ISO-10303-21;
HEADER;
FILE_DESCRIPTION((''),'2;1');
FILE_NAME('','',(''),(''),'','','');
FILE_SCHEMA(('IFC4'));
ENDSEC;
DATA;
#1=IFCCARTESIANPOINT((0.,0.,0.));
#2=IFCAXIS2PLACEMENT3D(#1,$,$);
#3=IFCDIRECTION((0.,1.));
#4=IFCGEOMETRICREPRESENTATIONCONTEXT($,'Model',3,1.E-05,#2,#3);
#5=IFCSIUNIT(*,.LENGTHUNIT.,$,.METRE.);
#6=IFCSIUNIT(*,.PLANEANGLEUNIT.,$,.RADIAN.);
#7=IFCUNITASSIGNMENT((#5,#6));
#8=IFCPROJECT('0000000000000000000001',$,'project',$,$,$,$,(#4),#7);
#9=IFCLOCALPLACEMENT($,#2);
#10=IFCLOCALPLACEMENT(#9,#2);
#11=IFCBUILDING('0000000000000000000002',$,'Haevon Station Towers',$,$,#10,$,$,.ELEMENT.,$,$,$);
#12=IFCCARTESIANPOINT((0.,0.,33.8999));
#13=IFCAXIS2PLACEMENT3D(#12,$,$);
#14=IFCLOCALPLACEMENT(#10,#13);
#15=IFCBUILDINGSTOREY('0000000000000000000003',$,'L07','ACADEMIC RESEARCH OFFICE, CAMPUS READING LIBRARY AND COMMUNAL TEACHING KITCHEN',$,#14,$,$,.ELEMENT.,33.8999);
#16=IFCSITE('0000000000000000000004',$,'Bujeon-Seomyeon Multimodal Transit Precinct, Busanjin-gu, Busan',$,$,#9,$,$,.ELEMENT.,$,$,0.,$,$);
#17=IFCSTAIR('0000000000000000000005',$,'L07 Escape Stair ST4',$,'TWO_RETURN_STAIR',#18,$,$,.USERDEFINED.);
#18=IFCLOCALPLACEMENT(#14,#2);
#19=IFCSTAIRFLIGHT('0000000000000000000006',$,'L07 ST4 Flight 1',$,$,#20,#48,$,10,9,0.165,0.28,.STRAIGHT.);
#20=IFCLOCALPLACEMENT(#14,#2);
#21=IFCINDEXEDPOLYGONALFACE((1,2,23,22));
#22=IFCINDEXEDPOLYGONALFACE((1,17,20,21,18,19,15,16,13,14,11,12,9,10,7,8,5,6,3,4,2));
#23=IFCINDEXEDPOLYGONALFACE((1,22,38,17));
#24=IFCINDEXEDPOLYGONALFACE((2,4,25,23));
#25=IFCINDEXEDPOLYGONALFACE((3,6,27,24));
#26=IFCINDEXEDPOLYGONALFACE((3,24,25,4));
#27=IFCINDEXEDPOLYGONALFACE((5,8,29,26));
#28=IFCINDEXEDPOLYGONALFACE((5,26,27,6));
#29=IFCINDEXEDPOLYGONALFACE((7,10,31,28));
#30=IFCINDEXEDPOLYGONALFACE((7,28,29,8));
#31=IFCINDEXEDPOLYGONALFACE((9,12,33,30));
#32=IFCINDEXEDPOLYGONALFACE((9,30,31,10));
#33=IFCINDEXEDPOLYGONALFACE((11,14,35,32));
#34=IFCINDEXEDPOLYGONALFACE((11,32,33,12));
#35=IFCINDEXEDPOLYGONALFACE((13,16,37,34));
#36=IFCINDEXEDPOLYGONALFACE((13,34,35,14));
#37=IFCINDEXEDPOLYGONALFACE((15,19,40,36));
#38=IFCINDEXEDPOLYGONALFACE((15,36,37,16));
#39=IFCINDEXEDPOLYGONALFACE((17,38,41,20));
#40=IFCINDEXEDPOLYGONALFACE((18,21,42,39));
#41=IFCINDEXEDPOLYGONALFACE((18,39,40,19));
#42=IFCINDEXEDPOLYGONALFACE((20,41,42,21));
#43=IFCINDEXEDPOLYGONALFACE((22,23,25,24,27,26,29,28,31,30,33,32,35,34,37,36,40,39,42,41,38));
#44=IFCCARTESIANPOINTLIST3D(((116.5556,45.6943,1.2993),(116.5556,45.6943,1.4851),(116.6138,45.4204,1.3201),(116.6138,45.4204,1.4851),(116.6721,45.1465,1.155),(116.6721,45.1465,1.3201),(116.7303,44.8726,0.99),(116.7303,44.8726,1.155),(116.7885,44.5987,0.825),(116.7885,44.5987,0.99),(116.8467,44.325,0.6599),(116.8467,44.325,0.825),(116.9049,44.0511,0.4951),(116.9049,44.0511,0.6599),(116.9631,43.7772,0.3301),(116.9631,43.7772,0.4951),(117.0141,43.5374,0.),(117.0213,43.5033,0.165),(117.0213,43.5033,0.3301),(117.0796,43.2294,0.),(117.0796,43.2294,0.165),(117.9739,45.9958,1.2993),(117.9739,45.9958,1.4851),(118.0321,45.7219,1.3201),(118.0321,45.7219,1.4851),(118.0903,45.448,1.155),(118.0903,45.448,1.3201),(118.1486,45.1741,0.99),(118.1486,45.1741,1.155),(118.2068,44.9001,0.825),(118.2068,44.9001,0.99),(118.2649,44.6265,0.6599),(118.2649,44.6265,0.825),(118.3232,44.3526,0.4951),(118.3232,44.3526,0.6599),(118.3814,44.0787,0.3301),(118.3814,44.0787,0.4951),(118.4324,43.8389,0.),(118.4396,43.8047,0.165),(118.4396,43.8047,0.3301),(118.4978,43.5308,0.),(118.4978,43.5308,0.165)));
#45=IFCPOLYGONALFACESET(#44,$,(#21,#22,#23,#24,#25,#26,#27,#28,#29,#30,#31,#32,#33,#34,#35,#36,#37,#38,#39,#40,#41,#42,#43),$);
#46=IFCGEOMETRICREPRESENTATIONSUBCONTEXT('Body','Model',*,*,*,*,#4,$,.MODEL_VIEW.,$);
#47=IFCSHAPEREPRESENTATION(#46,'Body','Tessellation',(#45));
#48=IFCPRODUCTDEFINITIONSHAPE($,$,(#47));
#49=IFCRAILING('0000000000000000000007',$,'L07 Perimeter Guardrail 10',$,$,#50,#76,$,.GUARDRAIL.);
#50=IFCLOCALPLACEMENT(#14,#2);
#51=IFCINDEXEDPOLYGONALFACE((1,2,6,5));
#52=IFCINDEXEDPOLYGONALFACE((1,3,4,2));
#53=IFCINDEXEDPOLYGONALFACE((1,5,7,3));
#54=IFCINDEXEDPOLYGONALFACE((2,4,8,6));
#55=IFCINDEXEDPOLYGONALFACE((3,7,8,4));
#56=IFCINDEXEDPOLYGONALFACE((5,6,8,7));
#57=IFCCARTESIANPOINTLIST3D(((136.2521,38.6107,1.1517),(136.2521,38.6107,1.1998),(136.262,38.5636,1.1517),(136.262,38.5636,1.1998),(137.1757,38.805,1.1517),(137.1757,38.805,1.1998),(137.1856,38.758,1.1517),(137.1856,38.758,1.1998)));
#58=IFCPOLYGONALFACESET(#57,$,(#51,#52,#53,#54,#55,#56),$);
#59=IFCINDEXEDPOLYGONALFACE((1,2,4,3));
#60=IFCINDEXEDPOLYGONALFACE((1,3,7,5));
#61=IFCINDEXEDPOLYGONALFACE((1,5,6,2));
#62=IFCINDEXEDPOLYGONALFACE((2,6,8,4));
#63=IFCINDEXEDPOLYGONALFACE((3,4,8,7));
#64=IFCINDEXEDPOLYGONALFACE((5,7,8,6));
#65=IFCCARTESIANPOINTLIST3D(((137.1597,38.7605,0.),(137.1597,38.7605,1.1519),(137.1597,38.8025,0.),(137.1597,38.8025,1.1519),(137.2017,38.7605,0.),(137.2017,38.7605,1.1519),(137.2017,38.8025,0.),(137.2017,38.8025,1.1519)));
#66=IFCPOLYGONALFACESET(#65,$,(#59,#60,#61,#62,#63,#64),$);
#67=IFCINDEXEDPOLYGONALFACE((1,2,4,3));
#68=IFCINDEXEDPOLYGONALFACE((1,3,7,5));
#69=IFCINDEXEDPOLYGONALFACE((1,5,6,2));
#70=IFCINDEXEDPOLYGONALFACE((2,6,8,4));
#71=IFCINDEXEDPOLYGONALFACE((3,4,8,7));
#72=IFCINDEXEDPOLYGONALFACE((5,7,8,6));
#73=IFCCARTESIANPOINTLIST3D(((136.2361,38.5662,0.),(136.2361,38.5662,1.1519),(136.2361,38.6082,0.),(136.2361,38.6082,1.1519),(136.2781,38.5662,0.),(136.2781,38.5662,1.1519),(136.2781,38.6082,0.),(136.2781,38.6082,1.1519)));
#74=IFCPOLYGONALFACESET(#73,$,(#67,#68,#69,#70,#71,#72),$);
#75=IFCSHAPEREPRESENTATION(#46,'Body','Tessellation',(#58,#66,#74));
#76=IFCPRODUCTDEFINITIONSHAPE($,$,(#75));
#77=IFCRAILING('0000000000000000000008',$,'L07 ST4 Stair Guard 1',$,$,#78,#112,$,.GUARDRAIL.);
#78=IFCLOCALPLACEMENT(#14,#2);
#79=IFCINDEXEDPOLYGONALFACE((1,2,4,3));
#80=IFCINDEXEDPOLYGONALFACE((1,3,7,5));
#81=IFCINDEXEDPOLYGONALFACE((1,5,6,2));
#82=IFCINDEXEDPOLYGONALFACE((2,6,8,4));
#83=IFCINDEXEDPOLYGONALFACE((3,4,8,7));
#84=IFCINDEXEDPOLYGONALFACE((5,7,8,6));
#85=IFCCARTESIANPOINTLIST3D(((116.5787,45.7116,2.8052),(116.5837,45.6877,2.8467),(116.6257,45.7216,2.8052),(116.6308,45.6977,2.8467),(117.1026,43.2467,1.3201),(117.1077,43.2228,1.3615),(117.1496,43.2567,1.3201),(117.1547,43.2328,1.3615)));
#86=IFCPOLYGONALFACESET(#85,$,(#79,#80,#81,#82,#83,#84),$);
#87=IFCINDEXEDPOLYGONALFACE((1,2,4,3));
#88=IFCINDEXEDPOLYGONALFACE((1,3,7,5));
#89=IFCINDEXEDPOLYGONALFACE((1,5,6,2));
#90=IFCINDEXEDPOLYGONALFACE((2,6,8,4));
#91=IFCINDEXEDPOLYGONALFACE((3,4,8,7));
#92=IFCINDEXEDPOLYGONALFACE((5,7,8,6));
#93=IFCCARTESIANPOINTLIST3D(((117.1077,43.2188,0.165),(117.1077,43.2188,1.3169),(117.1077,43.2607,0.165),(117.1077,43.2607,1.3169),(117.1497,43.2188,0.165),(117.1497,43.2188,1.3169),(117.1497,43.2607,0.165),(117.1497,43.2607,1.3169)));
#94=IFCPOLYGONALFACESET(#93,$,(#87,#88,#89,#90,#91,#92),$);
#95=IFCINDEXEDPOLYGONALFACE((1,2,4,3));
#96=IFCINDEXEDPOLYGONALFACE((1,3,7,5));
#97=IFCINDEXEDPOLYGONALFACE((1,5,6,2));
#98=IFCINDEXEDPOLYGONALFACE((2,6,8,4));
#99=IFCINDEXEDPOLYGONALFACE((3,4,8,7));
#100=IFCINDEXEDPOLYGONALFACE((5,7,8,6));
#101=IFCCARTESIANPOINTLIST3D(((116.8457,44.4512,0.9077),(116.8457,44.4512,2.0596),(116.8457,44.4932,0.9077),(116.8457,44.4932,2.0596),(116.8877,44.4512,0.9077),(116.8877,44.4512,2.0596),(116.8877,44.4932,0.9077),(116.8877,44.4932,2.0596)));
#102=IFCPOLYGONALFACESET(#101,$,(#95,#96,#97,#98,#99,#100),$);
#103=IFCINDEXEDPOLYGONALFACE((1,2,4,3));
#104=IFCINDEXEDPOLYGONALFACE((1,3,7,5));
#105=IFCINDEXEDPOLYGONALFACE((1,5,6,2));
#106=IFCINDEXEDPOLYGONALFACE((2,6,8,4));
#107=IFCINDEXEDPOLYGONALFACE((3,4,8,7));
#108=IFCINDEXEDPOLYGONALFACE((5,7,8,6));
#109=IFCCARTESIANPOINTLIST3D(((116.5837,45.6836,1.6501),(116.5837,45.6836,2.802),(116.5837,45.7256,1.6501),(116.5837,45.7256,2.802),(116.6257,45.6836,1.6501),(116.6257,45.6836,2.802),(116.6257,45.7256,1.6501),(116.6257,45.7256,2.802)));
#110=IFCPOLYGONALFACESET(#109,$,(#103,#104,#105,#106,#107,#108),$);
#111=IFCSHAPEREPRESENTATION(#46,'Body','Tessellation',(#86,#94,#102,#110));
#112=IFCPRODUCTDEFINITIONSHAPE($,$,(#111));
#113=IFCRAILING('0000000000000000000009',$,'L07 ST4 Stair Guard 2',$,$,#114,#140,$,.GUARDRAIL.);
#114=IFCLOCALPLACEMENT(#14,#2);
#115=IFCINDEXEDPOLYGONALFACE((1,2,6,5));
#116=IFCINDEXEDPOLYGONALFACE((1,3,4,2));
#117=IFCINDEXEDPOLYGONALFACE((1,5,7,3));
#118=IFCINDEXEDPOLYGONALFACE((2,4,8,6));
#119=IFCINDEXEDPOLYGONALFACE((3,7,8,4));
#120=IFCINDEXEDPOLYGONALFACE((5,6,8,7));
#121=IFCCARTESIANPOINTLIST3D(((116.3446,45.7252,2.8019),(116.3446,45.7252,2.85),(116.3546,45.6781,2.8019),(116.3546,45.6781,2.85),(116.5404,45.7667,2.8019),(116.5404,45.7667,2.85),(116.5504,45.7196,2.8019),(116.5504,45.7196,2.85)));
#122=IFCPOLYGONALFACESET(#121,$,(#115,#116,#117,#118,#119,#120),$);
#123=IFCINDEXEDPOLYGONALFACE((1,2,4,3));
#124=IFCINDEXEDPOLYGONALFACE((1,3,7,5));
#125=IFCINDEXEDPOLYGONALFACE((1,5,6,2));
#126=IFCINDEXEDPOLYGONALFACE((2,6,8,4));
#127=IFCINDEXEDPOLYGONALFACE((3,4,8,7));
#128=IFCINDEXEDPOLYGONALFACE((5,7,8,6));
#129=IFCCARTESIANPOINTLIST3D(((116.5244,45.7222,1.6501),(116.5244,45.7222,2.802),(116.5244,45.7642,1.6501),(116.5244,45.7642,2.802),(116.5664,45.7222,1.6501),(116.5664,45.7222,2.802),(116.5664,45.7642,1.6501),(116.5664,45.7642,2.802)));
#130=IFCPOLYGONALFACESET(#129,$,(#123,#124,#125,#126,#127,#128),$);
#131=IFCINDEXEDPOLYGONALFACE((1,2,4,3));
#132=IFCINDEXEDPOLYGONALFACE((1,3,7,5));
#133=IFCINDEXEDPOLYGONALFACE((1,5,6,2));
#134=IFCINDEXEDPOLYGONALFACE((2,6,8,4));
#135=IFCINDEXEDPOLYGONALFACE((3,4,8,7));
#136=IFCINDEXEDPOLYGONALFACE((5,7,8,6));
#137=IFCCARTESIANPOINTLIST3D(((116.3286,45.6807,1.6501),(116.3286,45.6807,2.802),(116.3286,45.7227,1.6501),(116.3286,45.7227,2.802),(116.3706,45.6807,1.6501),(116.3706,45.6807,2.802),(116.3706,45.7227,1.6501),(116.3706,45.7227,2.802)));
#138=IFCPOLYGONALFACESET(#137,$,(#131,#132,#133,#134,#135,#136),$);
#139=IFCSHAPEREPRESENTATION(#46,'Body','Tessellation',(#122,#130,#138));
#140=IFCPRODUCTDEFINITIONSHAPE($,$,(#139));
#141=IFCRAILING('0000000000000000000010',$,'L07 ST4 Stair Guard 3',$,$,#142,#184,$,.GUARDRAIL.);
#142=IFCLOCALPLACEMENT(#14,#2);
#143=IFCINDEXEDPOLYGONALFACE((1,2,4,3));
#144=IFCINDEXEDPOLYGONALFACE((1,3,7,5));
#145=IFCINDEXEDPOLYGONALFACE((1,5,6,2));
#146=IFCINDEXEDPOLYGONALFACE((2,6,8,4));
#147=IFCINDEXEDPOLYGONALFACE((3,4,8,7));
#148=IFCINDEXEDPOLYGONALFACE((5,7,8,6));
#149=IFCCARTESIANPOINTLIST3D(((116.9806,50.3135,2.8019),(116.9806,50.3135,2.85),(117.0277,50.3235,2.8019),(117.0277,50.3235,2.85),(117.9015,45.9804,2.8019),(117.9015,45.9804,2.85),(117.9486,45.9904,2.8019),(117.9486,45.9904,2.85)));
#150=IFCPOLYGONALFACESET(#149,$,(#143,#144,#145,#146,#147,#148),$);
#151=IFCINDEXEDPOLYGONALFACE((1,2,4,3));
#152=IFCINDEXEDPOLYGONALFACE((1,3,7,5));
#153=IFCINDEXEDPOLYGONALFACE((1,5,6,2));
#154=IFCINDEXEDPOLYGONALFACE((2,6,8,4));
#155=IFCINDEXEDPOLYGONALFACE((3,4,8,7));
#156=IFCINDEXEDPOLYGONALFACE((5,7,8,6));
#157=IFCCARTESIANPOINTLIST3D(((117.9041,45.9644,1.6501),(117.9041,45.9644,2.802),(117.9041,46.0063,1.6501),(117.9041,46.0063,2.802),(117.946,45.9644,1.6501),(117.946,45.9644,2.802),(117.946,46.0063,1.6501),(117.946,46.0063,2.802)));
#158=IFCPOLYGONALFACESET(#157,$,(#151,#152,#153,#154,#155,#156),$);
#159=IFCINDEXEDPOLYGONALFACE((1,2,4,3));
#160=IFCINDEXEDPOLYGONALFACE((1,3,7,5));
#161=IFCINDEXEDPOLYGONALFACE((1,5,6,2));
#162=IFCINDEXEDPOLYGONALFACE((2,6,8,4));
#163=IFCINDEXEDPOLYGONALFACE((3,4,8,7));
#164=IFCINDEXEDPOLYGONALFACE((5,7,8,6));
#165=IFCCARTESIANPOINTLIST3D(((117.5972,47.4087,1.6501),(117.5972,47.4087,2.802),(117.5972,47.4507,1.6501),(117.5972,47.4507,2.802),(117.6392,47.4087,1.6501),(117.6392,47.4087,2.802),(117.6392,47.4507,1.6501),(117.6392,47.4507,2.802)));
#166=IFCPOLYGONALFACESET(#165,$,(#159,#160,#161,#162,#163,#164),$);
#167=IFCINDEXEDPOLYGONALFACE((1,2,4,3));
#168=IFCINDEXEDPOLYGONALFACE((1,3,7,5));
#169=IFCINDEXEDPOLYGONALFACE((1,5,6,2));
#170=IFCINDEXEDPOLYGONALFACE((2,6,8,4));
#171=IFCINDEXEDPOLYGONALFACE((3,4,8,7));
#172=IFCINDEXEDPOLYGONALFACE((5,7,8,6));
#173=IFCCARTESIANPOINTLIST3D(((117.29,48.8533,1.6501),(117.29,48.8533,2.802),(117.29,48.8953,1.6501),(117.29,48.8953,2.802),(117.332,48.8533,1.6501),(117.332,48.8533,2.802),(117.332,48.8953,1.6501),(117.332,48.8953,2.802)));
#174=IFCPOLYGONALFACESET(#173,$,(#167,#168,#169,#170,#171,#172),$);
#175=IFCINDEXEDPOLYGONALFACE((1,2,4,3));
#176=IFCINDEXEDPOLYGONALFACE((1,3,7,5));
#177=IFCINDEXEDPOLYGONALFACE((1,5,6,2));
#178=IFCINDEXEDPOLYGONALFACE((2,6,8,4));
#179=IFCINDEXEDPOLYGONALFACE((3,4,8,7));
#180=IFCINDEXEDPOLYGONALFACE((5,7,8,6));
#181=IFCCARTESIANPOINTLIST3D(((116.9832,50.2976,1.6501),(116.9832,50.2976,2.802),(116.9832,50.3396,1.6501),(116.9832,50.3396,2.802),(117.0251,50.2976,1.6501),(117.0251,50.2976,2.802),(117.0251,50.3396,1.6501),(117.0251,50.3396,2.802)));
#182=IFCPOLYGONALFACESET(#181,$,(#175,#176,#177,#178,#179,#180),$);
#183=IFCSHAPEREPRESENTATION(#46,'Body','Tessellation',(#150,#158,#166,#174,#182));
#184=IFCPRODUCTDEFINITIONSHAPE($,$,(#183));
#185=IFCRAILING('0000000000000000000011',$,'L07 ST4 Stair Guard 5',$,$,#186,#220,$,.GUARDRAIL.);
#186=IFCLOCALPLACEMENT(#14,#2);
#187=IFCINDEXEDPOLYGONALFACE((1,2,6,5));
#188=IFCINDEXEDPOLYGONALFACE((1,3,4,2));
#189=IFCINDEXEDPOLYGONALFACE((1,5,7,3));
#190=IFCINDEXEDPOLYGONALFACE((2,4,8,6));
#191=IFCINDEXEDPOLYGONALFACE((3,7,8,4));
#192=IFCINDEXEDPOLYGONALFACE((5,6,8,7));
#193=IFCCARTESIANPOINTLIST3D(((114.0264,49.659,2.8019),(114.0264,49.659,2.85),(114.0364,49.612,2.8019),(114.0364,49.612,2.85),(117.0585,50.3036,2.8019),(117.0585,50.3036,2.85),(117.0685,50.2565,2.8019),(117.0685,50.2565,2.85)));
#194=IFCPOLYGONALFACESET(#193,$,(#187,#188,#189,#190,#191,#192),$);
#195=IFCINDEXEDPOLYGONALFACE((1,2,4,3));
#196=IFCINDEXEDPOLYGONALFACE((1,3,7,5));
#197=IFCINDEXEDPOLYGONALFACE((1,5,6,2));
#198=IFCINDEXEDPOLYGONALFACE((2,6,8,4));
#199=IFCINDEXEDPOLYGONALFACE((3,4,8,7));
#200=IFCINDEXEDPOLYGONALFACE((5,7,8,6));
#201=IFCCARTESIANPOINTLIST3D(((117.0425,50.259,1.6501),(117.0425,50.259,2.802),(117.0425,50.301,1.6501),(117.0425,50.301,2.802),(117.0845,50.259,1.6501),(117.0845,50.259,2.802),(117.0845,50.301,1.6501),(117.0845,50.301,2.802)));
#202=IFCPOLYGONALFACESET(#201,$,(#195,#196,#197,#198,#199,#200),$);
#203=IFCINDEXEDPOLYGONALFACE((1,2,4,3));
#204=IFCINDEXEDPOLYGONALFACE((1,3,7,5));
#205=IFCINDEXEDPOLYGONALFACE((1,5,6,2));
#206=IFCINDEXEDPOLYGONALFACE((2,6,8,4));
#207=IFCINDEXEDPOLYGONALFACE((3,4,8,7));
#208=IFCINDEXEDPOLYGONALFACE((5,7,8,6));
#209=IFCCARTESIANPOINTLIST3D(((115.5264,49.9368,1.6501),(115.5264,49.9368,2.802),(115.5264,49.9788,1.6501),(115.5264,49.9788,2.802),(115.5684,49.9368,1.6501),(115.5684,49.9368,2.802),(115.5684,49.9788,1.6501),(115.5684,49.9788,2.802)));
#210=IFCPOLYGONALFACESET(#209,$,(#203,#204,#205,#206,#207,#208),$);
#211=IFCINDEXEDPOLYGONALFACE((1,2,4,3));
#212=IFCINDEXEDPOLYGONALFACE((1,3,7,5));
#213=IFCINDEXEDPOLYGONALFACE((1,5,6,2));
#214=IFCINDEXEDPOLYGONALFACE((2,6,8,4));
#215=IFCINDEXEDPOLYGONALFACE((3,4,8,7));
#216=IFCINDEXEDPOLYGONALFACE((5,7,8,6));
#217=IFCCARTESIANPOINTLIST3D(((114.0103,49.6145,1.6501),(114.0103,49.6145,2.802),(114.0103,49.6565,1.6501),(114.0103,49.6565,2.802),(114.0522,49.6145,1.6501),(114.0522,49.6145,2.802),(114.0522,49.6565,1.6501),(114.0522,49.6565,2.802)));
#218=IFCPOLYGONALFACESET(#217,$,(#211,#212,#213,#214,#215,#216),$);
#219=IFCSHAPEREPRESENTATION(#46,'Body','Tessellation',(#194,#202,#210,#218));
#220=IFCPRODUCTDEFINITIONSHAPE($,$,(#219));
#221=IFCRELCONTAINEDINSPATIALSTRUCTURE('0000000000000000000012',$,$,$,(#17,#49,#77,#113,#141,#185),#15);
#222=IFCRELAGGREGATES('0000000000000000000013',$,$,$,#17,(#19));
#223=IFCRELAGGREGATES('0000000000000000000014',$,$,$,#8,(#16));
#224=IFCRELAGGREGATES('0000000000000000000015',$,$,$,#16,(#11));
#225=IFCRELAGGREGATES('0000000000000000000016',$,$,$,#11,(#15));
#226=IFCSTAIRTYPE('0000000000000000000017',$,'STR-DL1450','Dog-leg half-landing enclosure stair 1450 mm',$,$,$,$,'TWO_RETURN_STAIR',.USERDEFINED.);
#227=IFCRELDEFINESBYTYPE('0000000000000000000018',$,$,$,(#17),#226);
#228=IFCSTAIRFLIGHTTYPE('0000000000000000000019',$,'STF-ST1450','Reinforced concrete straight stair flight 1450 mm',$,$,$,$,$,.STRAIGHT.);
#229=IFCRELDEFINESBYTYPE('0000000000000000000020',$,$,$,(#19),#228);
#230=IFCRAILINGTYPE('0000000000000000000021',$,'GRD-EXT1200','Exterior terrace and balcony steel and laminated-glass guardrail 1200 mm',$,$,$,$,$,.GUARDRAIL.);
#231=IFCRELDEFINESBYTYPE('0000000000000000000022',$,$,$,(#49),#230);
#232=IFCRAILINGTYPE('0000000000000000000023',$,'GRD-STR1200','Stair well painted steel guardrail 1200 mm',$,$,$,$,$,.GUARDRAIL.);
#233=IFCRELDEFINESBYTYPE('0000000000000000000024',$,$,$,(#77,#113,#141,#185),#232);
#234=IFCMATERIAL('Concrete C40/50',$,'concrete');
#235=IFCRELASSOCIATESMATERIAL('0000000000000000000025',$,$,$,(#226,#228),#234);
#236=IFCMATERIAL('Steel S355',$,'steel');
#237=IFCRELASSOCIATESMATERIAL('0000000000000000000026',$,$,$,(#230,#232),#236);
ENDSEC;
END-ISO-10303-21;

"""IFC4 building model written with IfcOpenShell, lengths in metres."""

from ifc_helpers import new_model, si_unit, direction, frame, origin, origin_2d, place, context, subcontext, project, spatial, polyline, rectangle, outline, extrude, material, type_object, element, aggregate, save


model = new_model("IFC4")

# Units and contexts
model_context = context("Model", 3, precision=1e-05, world=origin(), true_north=direction((0.0, 1.0)))
body_context = subcontext(model_context, "Body", "Model", "MODEL_VIEW")
ifc_project = project(units=[si_unit("LENGTHUNIT", "METRE"), si_unit("PLANEANGLEUNIT", "RADIAN")], contexts=[model_context])

# Site, building, storey
site_placement = place(None, origin())
site = spatial("IfcSite", under=ifc_project, at=site_placement, Name="Bujeon-Seomyeon Multimodal Transit Precinct, Busanjin-gu, Busan", CompositionType="ELEMENT", RefElevation=0.0)
building_placement = place(site_placement, origin())
building = spatial("IfcBuilding", under=site, at=building_placement, Name="Haevon Station Towers", CompositionType="ELEMENT")
storey_placement = place(building_placement, frame((0.0, 0.0, 33.8999)))
storey = spatial("IfcBuildingStorey", under=building, at=storey_placement, Name="L07", Description="ACADEMIC RESEARCH OFFICE, CAMPUS READING LIBRARY AND COMMUNAL TEACHING KITCHEN", CompositionType="ELEMENT", Elevation=33.8999)

# Shared definitions
ifc_material_1 = material(Name="Steel S355", Category="steel")

# Stair, stair flight
ifc_material_2 = material(Name="Concrete C40/50", Category="concrete")
stair_type = type_object("IfcStairType", Name="STR-DL1450", Description="Dog-leg half-landing enclosure stair 1450 mm", ElementType="TWO_RETURN_STAIR", PredefinedType="USERDEFINED", material=ifc_material_2)
stair_placement = place(storey_placement, origin())
stair = element("IfcStair", 1, at=stair_placement, inside=storey, type_object=stair_type, Name="L07 Escape Stair ST4", ObjectType="TWO_RETURN_STAIR", PredefinedType="USERDEFINED")
stair_flight_type = type_object("IfcStairFlightType", Name="STF-ST1450", Description="Reinforced concrete straight stair flight 1450 mm", PredefinedType="STRAIGHT", material=ifc_material_2)
stair_flight_placement = place(storey_placement, frame((117.7888, 43.3801, 0.0), z_axis=(0.0, 0.0, 1.0), x_axis=(-0.207912, 0.978148, 0.0)))
stair_flight = element("IfcStairFlight", 2, at=stair_flight_placement, type_object=stair_flight_type, Name="L07 ST4 Flight 1", NumberOfRisers=10, NumberOfTreads=9, PredefinedType="STRAIGHT", RiserHeight=0.165, TreadLength=0.28, context=body_context, shape_type="SweptSolid", body=[
    extrude(outline(polyline([(0.0, 0.0), (0.0, 0.165), (0.28, 0.165), (0.28, 0.3301), (0.5601, 0.3301), (0.5601, 0.4951), (0.8401, 0.4951), (0.8401, 0.6599), (1.1201, 0.6599), (1.1201, 0.825), (1.3999, 0.825), (1.3999, 0.99), (1.6799, 0.99), (1.6799, 1.155), (1.96, 1.155), (1.96, 1.3201), (2.24, 1.3201), (2.24, 1.4851), (2.52, 1.4851), (2.52, 1.6499), (2.52, 1.2993), (0.3149, 0.0), (0.0, 0.0)])), frame((0.0, 0.7251, 0.0), z_axis=(0.0, -1.0, 0.0), x_axis=(1.0, 0.0, 0.0)), (0.0, 0.0, 1.0), 1.45),
])
aggregate(stair, [stair_flight])

# Railings
railing_type_1 = type_object("IfcRailingType", Name="GRD-EXT1200", Description="Exterior terrace and balcony steel and laminated-glass guardrail 1200 mm", PredefinedType="GUARDRAIL", material=ifc_material_1)
railing_1_placement = place(storey_placement, frame((137.1807, 38.7815, 0.0)))
element("IfcRailing", 3, at=railing_1_placement, inside=storey, type_object=railing_type_1, Name="L07 Perimeter Guardrail 10", PredefinedType="GUARDRAIL", context=body_context, shape_type="SweptSolid", body=[
    extrude(rectangle(XDim=0.0481, YDim=0.0481, at=origin_2d()), frame((0.0, 0.0, 1.1758), z_axis=(-0.978572, -0.205906, 0.0), x_axis=(0.205906, -0.978572, 0.0)), (0.0, 0.0, 1.0), 0.9438),
    extrude(rectangle(XDim=0.042, YDim=0.042, at=origin_2d()), origin(), (0.0, 0.0, 1.0), 1.1519),
    extrude(rectangle(XDim=0.042, YDim=0.042, at=origin_2d()), frame((-0.9236, -0.1943, 0.0)), (0.0, 0.0, 1.0), 1.1519),
])
railing_type_2 = type_object("IfcRailingType", Name="GRD-STR1200", Description="Stair well painted steel guardrail 1200 mm", PredefinedType="GUARDRAIL", material=ifc_material_1)
railing_2_placement = place(storey_placement, frame((117.1287, 43.2397, 0.165)))
element("IfcRailing", 4, at=railing_2_placement, inside=storey, type_object=railing_type_2, Name="L07 ST4 Stair Guard 1", PredefinedType="GUARDRAIL", context=body_context, shape_type="SweptSolid", body=[
    extrude(rectangle(XDim=0.0481, YDim=0.0481, at=origin_2d()), frame((0.0, 0.0, 1.1758), z_axis=(-0.179121, 0.842688, 0.507733), x_axis=(-0.978147, -0.207914, 0.0)), (0.0, 0.0, 1.0), 2.925),
    extrude(rectangle(XDim=0.042, YDim=0.042, at=origin_2d()), origin(), (0.0, 0.0, 1.0), 1.1519),
    extrude(rectangle(XDim=0.042, YDim=0.042, at=origin_2d()), frame((-0.262, 1.2324, 0.7427)), (0.0, 0.0, 1.0), 1.1519),
    extrude(rectangle(XDim=0.042, YDim=0.042, at=origin_2d()), frame((-0.5239, 2.4648, 1.4851)), (0.0, 0.0, 1.0), 1.1519),
])
railing_3_placement = place(storey_placement, frame((116.5454, 45.7432, 1.6501)))
element("IfcRailing", 5, at=railing_3_placement, inside=storey, type_object=railing_type_2, Name="L07 ST4 Stair Guard 2", PredefinedType="GUARDRAIL", context=body_context, shape_type="SweptSolid", body=[
    extrude(rectangle(XDim=0.0481, YDim=0.0481, at=origin_2d()), frame((0.0, 0.0, 1.1758), z_axis=(-0.978264, -0.207363, 0.0), x_axis=(0.207363, -0.978264, 0.0)), (0.0, 0.0, 1.0), 0.2002),
    extrude(rectangle(XDim=0.042, YDim=0.042, at=origin_2d()), origin(), (0.0, 0.0, 1.0), 1.1519),
    extrude(rectangle(XDim=0.042, YDim=0.042, at=origin_2d()), frame((-0.1958, -0.0415, 0.0)), (0.0, 0.0, 1.0), 1.1519),
])
railing_4_placement = place(storey_placement, frame((117.925, 45.9854, 1.6501)))
element("IfcRailing", 6, at=railing_4_placement, inside=storey, type_object=railing_type_2, Name="L07 ST4 Stair Guard 3", PredefinedType="GUARDRAIL", context=body_context, shape_type="SweptSolid", body=[
    extrude(rectangle(XDim=0.0481, YDim=0.0481, at=origin_2d()), frame((0.0, 0.0, 1.1758), z_axis=(-0.207877, 0.978155, 0.0), x_axis=(-0.978155, -0.207877, 0.0)), (0.0, 0.0, 1.0), 4.4299),
    extrude(rectangle(XDim=0.042, YDim=0.042, at=origin_2d()), origin(), (0.0, 0.0, 1.0), 1.1519),
    extrude(rectangle(XDim=0.042, YDim=0.042, at=origin_2d()), frame((-0.3069, 1.4443, 0.0)), (0.0, 0.0, 1.0), 1.1519),
    extrude(rectangle(XDim=0.042, YDim=0.042, at=origin_2d()), frame((-0.614, 2.8889, 0.0)), (0.0, 0.0, 1.0), 1.1519),
    extrude(rectangle(XDim=0.042, YDim=0.042, at=origin_2d()), frame((-0.9209, 4.3333, 0.0)), (0.0, 0.0, 1.0), 1.1519),
])
railing_5_placement = place(storey_placement, frame((117.0635, 50.28, 1.6501)))
element("IfcRailing", 7, at=railing_5_placement, inside=storey, type_object=railing_type_2, Name="L07 ST4 Stair Guard 5", PredefinedType="GUARDRAIL", context=body_context, shape_type="SweptSolid", body=[
    extrude(rectangle(XDim=0.0481, YDim=0.0481, at=origin_2d()), frame((0.0, 0.0, 1.1758), z_axis=(-0.978147, -0.207915, 0.0), x_axis=(0.207915, -0.978147, 0.0)), (0.0, 0.0, 1.0), 3.0999),
    extrude(rectangle(XDim=0.042, YDim=0.042, at=origin_2d()), origin(), (0.0, 0.0, 1.0), 1.1519),
    extrude(rectangle(XDim=0.042, YDim=0.042, at=origin_2d()), frame((-1.5161, -0.3223, 0.0)), (0.0, 0.0, 1.0), 1.1519),
    extrude(rectangle(XDim=0.042, YDim=0.042, at=origin_2d()), frame((-3.0322, -0.6445, 0.0)), (0.0, 0.0, 1.0), 1.1519),
])

save(model, "model.ifc")
